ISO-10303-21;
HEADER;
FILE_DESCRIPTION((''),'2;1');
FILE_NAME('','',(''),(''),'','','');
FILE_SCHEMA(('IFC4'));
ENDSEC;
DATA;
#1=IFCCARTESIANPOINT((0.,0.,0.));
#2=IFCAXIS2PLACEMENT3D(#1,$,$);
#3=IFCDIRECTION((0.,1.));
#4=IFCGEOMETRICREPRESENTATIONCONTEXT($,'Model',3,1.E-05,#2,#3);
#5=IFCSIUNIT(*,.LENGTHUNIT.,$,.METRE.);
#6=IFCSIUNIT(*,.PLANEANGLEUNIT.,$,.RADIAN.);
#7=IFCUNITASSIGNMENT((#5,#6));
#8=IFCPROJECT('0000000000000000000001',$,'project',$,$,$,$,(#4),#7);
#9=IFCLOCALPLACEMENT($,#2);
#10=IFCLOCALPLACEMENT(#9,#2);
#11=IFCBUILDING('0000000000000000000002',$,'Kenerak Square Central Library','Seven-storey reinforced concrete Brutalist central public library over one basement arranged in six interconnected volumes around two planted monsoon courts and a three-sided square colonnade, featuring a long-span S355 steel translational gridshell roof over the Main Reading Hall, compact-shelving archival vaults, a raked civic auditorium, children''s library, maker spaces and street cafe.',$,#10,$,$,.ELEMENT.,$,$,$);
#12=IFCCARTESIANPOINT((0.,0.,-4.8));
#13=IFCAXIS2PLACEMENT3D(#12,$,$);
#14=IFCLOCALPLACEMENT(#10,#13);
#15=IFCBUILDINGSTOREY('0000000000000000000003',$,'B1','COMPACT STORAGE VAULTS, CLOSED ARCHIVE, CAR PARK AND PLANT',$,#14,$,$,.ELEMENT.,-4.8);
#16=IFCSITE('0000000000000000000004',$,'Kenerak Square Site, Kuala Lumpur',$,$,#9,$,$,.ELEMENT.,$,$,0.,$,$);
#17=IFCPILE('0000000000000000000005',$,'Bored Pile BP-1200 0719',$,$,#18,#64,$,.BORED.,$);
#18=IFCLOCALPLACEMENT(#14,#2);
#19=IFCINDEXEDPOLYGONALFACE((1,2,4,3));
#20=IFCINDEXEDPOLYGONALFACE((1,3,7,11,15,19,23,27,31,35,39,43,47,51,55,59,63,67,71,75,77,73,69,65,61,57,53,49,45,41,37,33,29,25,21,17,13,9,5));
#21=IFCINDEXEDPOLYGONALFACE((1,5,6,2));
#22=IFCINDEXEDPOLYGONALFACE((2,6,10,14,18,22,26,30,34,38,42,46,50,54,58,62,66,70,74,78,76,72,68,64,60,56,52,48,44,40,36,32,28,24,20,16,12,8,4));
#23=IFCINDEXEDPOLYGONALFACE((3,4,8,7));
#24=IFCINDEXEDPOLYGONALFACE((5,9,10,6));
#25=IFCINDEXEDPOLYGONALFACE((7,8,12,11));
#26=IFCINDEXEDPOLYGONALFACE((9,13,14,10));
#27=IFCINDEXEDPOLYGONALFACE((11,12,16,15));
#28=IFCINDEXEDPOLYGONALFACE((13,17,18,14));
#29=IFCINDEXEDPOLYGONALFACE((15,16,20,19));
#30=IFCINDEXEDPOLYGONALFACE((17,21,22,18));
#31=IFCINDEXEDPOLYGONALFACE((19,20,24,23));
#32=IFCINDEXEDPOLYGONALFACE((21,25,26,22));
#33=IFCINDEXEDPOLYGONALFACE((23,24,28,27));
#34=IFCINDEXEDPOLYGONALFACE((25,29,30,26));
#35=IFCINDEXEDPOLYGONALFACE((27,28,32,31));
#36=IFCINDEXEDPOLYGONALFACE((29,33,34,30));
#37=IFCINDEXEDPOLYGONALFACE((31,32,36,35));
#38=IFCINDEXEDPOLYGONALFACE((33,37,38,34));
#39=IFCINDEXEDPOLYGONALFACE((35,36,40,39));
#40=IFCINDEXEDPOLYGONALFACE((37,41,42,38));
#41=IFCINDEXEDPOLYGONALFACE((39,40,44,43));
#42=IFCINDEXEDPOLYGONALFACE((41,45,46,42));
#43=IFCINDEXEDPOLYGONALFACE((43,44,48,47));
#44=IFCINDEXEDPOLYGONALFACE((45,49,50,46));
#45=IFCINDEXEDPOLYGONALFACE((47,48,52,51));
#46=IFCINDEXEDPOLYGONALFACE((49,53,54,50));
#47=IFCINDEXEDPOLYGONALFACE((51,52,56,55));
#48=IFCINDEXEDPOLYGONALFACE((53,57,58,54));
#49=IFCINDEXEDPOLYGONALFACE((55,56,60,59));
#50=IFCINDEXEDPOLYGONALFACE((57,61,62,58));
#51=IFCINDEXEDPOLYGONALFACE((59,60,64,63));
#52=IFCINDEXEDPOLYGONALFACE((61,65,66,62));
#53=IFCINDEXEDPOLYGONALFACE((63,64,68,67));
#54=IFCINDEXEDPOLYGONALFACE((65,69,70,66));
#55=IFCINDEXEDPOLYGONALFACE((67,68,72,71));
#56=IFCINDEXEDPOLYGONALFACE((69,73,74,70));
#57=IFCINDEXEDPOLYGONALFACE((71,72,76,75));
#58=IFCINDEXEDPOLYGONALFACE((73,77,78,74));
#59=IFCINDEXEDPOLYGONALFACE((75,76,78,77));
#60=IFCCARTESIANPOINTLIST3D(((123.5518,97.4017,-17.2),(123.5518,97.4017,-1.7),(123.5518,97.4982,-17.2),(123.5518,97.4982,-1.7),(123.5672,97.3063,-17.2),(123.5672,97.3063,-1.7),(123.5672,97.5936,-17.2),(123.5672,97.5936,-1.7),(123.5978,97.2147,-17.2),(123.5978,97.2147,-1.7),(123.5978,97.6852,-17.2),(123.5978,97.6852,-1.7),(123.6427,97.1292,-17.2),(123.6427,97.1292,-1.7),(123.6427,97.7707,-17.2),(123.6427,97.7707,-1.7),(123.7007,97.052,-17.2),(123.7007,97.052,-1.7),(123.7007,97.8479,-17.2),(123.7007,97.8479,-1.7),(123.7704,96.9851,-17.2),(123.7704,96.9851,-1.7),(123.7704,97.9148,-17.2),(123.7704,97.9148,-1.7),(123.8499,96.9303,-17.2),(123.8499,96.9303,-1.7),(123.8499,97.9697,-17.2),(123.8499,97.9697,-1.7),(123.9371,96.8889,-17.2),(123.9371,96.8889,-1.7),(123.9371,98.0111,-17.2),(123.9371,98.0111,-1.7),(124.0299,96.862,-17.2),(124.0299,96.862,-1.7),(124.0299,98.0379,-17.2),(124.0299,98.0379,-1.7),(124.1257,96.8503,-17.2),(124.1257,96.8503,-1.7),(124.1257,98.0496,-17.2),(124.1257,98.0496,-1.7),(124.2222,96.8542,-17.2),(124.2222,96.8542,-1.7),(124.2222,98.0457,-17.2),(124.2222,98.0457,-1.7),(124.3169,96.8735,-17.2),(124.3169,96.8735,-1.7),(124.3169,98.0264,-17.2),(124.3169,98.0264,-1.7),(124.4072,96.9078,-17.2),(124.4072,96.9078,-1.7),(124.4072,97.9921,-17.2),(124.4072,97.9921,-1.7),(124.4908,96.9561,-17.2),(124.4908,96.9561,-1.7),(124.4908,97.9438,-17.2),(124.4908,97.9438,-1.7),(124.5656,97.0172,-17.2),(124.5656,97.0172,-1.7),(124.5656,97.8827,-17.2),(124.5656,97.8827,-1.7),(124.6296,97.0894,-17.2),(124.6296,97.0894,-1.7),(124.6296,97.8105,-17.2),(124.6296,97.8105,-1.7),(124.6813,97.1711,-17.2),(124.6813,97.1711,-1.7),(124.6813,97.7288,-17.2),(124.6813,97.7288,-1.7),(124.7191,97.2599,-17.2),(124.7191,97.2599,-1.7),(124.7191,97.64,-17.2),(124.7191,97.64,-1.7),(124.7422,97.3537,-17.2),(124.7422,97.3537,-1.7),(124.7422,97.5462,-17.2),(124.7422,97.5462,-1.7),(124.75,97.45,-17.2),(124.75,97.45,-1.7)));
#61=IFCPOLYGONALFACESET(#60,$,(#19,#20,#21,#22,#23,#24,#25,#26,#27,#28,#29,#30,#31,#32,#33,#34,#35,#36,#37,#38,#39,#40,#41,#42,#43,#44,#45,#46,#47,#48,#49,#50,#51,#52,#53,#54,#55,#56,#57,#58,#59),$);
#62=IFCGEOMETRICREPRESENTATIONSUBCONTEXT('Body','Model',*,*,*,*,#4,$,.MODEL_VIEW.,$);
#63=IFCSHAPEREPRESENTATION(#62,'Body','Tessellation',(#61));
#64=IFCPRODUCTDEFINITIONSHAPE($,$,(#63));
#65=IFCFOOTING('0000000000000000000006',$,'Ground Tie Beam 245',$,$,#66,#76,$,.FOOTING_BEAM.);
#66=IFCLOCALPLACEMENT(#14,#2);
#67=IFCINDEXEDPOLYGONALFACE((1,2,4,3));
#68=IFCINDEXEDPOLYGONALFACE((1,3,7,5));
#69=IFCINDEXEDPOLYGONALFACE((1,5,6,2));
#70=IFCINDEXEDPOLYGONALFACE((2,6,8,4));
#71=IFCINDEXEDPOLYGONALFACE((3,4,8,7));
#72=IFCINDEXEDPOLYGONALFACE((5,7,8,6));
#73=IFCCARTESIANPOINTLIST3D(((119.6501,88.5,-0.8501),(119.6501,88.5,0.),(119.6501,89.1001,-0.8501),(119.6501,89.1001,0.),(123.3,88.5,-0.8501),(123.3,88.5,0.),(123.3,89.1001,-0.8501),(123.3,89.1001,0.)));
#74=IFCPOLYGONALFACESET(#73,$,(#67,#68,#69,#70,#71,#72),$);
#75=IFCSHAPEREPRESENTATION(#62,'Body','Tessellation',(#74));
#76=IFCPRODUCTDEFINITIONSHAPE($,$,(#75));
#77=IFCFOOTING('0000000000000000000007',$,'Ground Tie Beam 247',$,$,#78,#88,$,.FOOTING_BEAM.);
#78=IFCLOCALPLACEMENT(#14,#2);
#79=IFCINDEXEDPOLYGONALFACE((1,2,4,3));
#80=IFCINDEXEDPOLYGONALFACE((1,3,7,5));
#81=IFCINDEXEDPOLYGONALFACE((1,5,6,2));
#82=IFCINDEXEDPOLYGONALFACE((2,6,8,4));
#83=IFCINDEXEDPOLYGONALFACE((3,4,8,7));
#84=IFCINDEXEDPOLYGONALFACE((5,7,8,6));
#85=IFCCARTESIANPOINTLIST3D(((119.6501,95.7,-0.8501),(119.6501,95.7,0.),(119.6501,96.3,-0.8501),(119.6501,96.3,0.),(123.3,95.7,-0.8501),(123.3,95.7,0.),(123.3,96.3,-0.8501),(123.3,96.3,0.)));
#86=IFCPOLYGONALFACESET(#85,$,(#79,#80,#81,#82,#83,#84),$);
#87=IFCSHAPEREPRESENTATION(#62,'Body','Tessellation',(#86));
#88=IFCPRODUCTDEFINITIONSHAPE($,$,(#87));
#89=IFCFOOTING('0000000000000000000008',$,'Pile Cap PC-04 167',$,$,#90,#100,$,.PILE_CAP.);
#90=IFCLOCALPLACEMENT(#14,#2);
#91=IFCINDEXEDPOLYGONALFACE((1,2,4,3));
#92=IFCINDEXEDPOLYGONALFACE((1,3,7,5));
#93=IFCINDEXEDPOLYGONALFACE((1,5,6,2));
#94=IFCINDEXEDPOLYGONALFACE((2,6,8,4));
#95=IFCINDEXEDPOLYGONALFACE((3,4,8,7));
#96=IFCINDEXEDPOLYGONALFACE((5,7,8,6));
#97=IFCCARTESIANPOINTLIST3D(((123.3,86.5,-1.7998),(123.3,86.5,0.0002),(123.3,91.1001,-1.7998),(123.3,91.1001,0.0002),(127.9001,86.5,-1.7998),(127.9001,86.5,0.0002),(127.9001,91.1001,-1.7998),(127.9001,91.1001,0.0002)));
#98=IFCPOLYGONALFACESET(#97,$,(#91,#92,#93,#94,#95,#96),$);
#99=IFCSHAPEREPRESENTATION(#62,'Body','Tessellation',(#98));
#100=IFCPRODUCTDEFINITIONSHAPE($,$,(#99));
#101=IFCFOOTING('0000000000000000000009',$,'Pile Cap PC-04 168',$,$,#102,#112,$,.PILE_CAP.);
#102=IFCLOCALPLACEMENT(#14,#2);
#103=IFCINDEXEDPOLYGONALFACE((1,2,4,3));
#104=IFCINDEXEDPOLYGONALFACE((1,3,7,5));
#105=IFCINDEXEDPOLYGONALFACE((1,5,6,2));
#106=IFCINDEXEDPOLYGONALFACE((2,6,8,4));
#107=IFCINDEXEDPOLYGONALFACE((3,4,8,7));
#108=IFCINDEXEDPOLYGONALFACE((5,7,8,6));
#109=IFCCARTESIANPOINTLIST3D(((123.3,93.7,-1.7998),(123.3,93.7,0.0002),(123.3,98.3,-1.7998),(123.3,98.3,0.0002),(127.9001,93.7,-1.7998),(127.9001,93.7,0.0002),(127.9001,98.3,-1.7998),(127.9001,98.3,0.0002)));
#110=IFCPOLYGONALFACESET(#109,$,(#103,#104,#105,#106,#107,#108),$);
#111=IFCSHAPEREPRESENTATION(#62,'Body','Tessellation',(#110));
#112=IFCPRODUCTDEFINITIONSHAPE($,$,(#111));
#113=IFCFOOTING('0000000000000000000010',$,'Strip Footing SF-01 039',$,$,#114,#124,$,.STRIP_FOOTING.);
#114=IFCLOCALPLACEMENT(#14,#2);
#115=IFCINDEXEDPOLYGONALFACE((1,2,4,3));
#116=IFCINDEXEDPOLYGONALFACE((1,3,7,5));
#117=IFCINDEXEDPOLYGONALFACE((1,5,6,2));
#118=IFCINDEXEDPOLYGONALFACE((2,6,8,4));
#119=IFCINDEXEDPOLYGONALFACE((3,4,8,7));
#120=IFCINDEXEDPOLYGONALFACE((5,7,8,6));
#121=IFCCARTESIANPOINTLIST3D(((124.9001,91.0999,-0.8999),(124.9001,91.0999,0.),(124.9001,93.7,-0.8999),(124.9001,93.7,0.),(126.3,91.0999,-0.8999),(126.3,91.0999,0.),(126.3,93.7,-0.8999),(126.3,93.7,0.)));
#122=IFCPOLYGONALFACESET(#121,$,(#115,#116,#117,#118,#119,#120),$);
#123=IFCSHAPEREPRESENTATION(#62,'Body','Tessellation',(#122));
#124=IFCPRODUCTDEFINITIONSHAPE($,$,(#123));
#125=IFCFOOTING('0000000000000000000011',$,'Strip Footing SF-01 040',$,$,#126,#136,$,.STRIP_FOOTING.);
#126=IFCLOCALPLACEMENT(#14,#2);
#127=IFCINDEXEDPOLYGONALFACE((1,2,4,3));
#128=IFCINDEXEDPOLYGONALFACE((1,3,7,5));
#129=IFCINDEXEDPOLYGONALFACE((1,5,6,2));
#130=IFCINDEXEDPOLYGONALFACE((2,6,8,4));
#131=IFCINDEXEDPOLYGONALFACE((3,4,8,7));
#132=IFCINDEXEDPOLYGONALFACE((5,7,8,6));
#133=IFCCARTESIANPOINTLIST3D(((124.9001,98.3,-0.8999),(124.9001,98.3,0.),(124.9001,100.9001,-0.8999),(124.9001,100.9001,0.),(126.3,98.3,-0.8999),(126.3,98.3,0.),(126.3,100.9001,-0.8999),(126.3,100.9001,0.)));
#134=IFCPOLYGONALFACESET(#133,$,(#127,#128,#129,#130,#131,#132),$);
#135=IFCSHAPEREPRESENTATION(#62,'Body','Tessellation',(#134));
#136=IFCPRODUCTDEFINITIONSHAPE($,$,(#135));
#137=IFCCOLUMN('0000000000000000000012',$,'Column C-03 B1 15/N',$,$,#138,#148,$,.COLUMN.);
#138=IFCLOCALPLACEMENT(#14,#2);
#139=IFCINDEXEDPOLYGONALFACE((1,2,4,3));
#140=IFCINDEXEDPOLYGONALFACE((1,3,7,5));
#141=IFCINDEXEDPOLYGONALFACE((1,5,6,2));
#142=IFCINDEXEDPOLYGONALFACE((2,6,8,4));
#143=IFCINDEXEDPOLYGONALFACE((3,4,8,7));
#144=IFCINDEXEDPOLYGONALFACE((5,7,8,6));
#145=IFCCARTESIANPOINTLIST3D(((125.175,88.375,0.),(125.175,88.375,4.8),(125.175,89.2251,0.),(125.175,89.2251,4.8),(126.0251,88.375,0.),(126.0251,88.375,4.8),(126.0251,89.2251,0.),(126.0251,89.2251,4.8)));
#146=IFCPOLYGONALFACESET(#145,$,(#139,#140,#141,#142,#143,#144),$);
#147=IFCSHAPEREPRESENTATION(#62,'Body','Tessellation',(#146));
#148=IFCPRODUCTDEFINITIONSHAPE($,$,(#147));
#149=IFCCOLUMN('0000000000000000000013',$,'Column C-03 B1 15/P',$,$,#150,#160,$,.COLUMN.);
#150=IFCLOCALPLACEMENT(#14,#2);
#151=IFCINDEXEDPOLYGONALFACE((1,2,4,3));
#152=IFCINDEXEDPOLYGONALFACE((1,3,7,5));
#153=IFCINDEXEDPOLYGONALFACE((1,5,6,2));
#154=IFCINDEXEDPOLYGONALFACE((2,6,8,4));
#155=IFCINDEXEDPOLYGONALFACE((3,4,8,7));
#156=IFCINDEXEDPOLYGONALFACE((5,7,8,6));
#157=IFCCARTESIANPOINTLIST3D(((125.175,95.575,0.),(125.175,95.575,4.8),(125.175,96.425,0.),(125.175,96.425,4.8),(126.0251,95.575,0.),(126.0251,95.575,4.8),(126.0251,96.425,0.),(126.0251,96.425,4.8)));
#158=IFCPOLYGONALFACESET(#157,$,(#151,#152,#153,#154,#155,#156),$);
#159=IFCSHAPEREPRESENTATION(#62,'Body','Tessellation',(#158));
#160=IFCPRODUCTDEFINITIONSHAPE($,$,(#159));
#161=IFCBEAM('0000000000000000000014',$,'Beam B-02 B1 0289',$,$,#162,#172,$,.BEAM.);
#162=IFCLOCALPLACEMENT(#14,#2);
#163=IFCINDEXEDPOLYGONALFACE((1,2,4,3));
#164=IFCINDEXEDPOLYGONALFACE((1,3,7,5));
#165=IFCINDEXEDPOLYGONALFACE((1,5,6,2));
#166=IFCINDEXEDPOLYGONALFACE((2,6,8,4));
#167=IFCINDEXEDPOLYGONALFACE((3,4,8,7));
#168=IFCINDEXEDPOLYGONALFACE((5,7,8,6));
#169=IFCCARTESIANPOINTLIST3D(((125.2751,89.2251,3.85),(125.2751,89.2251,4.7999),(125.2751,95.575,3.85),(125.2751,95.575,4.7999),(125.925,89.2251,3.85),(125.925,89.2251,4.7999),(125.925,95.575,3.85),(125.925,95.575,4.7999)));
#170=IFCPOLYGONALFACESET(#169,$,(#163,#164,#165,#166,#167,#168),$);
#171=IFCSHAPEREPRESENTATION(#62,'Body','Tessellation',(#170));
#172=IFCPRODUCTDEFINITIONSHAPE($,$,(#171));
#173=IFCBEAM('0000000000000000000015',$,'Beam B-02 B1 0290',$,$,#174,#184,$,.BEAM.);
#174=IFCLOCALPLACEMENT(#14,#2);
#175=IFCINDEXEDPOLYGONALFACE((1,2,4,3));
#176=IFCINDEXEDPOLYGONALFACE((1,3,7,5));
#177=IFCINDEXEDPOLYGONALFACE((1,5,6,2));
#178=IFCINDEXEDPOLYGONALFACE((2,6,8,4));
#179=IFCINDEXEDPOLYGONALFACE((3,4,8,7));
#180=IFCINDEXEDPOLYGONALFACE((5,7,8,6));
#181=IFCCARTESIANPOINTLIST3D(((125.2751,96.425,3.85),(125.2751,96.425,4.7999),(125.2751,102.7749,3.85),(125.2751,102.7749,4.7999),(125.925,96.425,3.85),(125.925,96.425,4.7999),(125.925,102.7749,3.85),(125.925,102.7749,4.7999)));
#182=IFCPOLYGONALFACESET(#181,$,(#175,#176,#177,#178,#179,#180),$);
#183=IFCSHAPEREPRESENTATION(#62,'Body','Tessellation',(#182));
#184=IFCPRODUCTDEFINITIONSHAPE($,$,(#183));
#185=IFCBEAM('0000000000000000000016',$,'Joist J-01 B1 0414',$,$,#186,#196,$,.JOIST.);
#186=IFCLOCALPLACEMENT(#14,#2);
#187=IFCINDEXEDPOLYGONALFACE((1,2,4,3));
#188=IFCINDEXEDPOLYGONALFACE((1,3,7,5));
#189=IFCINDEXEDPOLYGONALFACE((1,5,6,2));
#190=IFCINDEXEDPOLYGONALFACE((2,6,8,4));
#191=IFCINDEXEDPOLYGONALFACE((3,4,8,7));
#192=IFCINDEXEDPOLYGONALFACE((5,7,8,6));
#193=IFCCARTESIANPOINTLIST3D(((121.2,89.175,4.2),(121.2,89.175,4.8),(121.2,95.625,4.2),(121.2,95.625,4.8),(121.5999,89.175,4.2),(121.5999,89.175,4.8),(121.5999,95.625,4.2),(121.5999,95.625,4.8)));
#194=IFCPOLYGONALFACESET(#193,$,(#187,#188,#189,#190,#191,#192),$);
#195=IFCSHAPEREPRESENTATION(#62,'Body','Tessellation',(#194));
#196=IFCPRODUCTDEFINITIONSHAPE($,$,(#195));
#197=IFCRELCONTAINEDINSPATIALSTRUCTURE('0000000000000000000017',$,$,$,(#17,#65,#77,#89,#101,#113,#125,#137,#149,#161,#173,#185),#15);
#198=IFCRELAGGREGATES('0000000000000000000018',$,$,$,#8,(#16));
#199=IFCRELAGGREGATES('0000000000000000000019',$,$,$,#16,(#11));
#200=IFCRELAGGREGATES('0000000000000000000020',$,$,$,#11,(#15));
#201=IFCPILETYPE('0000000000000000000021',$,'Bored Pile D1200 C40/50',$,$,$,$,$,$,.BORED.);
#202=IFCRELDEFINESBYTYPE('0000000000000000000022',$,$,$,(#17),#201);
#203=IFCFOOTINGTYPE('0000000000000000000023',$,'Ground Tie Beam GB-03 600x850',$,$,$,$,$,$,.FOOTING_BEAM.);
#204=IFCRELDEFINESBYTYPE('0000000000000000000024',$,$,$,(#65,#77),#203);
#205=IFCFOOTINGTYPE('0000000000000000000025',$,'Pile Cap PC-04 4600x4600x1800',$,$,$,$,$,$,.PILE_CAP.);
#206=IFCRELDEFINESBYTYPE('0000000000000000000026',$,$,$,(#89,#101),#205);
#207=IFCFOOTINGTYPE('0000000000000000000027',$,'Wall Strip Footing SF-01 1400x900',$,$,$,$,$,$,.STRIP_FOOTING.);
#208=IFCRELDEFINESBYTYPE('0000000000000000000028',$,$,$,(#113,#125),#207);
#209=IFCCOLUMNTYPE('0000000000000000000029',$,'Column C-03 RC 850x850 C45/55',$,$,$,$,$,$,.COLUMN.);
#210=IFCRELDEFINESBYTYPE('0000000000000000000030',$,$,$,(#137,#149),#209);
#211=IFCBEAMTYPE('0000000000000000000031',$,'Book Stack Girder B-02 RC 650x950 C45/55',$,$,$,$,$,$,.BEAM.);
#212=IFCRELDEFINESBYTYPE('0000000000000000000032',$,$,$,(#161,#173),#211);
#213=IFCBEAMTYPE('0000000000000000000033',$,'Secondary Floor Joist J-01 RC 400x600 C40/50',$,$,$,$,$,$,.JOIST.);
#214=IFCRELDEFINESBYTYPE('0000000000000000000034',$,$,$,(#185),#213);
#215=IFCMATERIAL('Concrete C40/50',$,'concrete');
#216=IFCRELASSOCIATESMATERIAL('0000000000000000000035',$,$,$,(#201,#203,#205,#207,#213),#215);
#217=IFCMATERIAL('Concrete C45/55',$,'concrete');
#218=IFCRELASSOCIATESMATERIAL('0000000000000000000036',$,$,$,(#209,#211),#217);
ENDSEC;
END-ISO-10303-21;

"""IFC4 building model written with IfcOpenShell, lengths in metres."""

from ifc_helpers import new_model, si_unit, direction, frame, origin, origin_2d, place, context, subcontext, project, spatial, rectangle, circle, extrude, material, material_profile, profile_set, type_object, element, save


model = new_model("IFC4")

# Units and contexts
model_context = context("Model", 3, precision=1e-05, world=origin(), true_north=direction((0.0, 1.0)))
body_context = subcontext(model_context, "Body", "Model", "MODEL_VIEW")
ifc_project = project(units=[si_unit("LENGTHUNIT", "METRE"), si_unit("PLANEANGLEUNIT", "RADIAN")], contexts=[model_context])

# Site, building, storey
site_placement = place(None, origin())
site = spatial("IfcSite", under=ifc_project, at=site_placement, Name="Kenerak Square Site, Kuala Lumpur", CompositionType="ELEMENT", RefElevation=0.0)
building_placement = place(site_placement, origin())
building = spatial("IfcBuilding", under=site, at=building_placement, Name="Kenerak Square Central Library", Description="Seven-storey reinforced concrete Brutalist central public library over one basement arranged in six interconnected volumes around two planted monsoon courts and a three-sided square colonnade, featuring a long-span S355 steel translational gridshell roof over the Main Reading Hall, compact-shelving archival vaults, a raked civic auditorium, children's library, maker spaces and street cafe.", CompositionType="ELEMENT")
storey_placement = place(building_placement, frame((0.0, 0.0, -4.8)))
storey = spatial("IfcBuildingStorey", under=building, at=storey_placement, Name="B1", Description="COMPACT STORAGE VAULTS, CLOSED ARCHIVE, CAR PARK AND PLANT", CompositionType="ELEMENT", Elevation=-4.8)

# Pile
ifc_material_1 = material(Name="Concrete C40/50", Category="concrete")
ifc_material_profile_1 = material_profile(ifc_material_1, circle(Radius=0.6001, at=origin_2d()), Name="BP D1200")
ifc_profile_set_1 = profile_set([ifc_material_profile_1], Name="Concrete C40/50")
pile_type = type_object("IfcPileType", Name="Bored Pile D1200 C40/50", PredefinedType="BORED", material=ifc_profile_set_1)
for number, where, z_axis, x_axis, name in (
    (1, (124.1499, 97.45, -1.7), (0.0, 0.0, -1.0), (1.0, 0.0, 0.0), "Bored Pile BP-1200 0719"),
):
    element("IfcPile", number, at=place(storey_placement, frame(where, z_axis=z_axis, x_axis=x_axis)), inside=storey, type_object=pile_type, Name=name, PredefinedType="BORED", context=body_context, shape_type="SweptSolid", body=[
        extrude(circle(Radius=0.6001, at=origin_2d()), origin(), (0.0, 0.0, 1.0), 15.5),
    ])

# Footings
footing_type_1 = type_object("IfcFootingType", Name="Ground Tie Beam GB-03 600x850", PredefinedType="FOOTING_BEAM", material=ifc_material_1)
for number, where, z_axis, x_axis, name in (
    (2, (121.4751, 88.8, -0.8501), (0.0, 0.0, 1.0), (1.0, 0.0, 0.0), "Ground Tie Beam 245"),
    (3, (121.4751, 96.0, -0.8501), (0.0, 0.0, 1.0), (1.0, 0.0, 0.0), "Ground Tie Beam 247"),
):
    element("IfcFooting", number, at=place(storey_placement, frame(where, z_axis=z_axis, x_axis=x_axis)), inside=storey, type_object=footing_type_1, Name=name, PredefinedType="FOOTING_BEAM", context=body_context, shape_type="SweptSolid", body=[
        extrude(rectangle(XDim=3.6499, YDim=0.6001, at=origin_2d()), origin(), (0.0, 0.0, 1.0), 0.8501),
    ])
footing_type_2 = type_object("IfcFootingType", Name="Pile Cap PC-04 4600x4600x1800", PredefinedType="PILE_CAP", material=ifc_material_1)
for number, where, z_axis, x_axis, name in (
    (4, (125.6001, 88.8, -1.7998), (0.0, 0.0, 1.0), (1.0, 0.0, 0.0), "Pile Cap PC-04 167"),
    (5, (125.6001, 96.0, -1.7998), (0.0, 0.0, 1.0), (1.0, 0.0, 0.0), "Pile Cap PC-04 168"),
):
    element("IfcFooting", number, at=place(storey_placement, frame(where, z_axis=z_axis, x_axis=x_axis)), inside=storey, type_object=footing_type_2, Name=name, PredefinedType="PILE_CAP", context=body_context, shape_type="SweptSolid", body=[
        extrude(rectangle(XDim=4.6001, YDim=4.6001, at=origin_2d()), origin(), (0.0, 0.0, 1.0), 1.8),
    ])
footing_type_3 = type_object("IfcFootingType", Name="Wall Strip Footing SF-01 1400x900", PredefinedType="STRIP_FOOTING", material=ifc_material_1)
for number, where, z_axis, x_axis, name in (
    (6, (125.6001, 92.3999, -0.8999), (0.0, 0.0, 1.0), (1.0, 0.0, 0.0), "Strip Footing SF-01 039"),
    (7, (125.6001, 99.6001, -0.8999), (0.0, 0.0, 1.0), (1.0, 0.0, 0.0), "Strip Footing SF-01 040"),
):
    element("IfcFooting", number, at=place(storey_placement, frame(where, z_axis=z_axis, x_axis=x_axis)), inside=storey, type_object=footing_type_3, Name=name, PredefinedType="STRIP_FOOTING", context=body_context, shape_type="SweptSolid", body=[
        extrude(rectangle(XDim=1.3999, YDim=2.6001, at=origin_2d()), origin(), (0.0, 0.0, 1.0), 0.8999),
    ])

# Columns
ifc_material_2 = material(Name="Concrete C45/55", Category="concrete")
ifc_material_profile_2 = material_profile(ifc_material_2, rectangle(XDim=0.8501, YDim=0.8501, at=origin_2d()), Name="RC 850x850")
ifc_profile_set_2 = profile_set([ifc_material_profile_2], Name="Concrete C45/55")
column_type = type_object("IfcColumnType", Name="Column C-03 RC 850x850 C45/55", PredefinedType="COLUMN", material=ifc_profile_set_2)
for number, where, z_axis, x_axis, name in (
    (8, (125.6001, 88.8, 0.0), (0.0, 0.0, 1.0), (1.0, 0.0, 0.0), "Column C-03 B1 15/N"),
    (9, (125.6001, 96.0, 0.0), (0.0, 0.0, 1.0), (1.0, 0.0, 0.0), "Column C-03 B1 15/P"),
):
    element("IfcColumn", number, at=place(storey_placement, frame(where, z_axis=z_axis, x_axis=x_axis)), inside=storey, type_object=column_type, Name=name, PredefinedType="COLUMN", context=body_context, shape_type="SweptSolid", body=[
        extrude(rectangle(XDim=0.8501, YDim=0.8501, at=origin_2d()), origin(), (0.0, 0.0, 1.0), 4.8),
    ])

# Beams
ifc_material_profile_3 = material_profile(ifc_material_2, rectangle(XDim=0.6499, YDim=0.95, at=origin_2d()), Name="RC 650x950")
ifc_profile_set_3 = profile_set([ifc_material_profile_3], Name="Concrete C45/55")
beam_type_1 = type_object("IfcBeamType", Name="Book Stack Girder B-02 RC 650x950 C45/55", PredefinedType="BEAM", material=ifc_profile_set_3)
for number, where, z_axis, x_axis, name in (
    (10, (125.6001, 89.2251, 4.325), (0.0, 1.0, 0.0), (-1.0, 0.0, 0.0), "Beam B-02 B1 0289"),
    (11, (125.6001, 96.425, 4.325), (0.0, 1.0, 0.0), (-1.0, 0.0, 0.0), "Beam B-02 B1 0290"),
):
    element("IfcBeam", number, at=place(storey_placement, frame(where, z_axis=z_axis, x_axis=x_axis)), inside=storey, type_object=beam_type_1, Name=name, PredefinedType="BEAM", context=body_context, shape_type="SweptSolid", body=[
        extrude(rectangle(XDim=0.6499, YDim=0.95, at=origin_2d()), origin(), (0.0, 0.0, 1.0), 6.3499),
    ])
ifc_material_profile_4 = material_profile(ifc_material_1, rectangle(XDim=0.3999, YDim=0.6001, at=origin_2d()), Name="RC 400x600")
ifc_profile_set_4 = profile_set([ifc_material_profile_4], Name="Concrete C40/50")
beam_type_2 = type_object("IfcBeamType", Name="Secondary Floor Joist J-01 RC 400x600 C40/50", PredefinedType="JOIST", material=ifc_profile_set_4)
for number, where, z_axis, x_axis, name in (
    (12, (121.3999, 89.175, 4.5), (0.0, 1.0, 0.0), (-1.0, 0.0, 0.0), "Joist J-01 B1 0414"),
):
    element("IfcBeam", number, at=place(storey_placement, frame(where, z_axis=z_axis, x_axis=x_axis)), inside=storey, type_object=beam_type_2, Name=name, PredefinedType="JOIST", context=body_context, shape_type="SweptSolid", body=[
        extrude(rectangle(XDim=0.3999, YDim=0.6001, at=origin_2d()), origin(), (0.0, 0.0, 1.0), 6.45),
    ])

save(model, "model.ifc")
